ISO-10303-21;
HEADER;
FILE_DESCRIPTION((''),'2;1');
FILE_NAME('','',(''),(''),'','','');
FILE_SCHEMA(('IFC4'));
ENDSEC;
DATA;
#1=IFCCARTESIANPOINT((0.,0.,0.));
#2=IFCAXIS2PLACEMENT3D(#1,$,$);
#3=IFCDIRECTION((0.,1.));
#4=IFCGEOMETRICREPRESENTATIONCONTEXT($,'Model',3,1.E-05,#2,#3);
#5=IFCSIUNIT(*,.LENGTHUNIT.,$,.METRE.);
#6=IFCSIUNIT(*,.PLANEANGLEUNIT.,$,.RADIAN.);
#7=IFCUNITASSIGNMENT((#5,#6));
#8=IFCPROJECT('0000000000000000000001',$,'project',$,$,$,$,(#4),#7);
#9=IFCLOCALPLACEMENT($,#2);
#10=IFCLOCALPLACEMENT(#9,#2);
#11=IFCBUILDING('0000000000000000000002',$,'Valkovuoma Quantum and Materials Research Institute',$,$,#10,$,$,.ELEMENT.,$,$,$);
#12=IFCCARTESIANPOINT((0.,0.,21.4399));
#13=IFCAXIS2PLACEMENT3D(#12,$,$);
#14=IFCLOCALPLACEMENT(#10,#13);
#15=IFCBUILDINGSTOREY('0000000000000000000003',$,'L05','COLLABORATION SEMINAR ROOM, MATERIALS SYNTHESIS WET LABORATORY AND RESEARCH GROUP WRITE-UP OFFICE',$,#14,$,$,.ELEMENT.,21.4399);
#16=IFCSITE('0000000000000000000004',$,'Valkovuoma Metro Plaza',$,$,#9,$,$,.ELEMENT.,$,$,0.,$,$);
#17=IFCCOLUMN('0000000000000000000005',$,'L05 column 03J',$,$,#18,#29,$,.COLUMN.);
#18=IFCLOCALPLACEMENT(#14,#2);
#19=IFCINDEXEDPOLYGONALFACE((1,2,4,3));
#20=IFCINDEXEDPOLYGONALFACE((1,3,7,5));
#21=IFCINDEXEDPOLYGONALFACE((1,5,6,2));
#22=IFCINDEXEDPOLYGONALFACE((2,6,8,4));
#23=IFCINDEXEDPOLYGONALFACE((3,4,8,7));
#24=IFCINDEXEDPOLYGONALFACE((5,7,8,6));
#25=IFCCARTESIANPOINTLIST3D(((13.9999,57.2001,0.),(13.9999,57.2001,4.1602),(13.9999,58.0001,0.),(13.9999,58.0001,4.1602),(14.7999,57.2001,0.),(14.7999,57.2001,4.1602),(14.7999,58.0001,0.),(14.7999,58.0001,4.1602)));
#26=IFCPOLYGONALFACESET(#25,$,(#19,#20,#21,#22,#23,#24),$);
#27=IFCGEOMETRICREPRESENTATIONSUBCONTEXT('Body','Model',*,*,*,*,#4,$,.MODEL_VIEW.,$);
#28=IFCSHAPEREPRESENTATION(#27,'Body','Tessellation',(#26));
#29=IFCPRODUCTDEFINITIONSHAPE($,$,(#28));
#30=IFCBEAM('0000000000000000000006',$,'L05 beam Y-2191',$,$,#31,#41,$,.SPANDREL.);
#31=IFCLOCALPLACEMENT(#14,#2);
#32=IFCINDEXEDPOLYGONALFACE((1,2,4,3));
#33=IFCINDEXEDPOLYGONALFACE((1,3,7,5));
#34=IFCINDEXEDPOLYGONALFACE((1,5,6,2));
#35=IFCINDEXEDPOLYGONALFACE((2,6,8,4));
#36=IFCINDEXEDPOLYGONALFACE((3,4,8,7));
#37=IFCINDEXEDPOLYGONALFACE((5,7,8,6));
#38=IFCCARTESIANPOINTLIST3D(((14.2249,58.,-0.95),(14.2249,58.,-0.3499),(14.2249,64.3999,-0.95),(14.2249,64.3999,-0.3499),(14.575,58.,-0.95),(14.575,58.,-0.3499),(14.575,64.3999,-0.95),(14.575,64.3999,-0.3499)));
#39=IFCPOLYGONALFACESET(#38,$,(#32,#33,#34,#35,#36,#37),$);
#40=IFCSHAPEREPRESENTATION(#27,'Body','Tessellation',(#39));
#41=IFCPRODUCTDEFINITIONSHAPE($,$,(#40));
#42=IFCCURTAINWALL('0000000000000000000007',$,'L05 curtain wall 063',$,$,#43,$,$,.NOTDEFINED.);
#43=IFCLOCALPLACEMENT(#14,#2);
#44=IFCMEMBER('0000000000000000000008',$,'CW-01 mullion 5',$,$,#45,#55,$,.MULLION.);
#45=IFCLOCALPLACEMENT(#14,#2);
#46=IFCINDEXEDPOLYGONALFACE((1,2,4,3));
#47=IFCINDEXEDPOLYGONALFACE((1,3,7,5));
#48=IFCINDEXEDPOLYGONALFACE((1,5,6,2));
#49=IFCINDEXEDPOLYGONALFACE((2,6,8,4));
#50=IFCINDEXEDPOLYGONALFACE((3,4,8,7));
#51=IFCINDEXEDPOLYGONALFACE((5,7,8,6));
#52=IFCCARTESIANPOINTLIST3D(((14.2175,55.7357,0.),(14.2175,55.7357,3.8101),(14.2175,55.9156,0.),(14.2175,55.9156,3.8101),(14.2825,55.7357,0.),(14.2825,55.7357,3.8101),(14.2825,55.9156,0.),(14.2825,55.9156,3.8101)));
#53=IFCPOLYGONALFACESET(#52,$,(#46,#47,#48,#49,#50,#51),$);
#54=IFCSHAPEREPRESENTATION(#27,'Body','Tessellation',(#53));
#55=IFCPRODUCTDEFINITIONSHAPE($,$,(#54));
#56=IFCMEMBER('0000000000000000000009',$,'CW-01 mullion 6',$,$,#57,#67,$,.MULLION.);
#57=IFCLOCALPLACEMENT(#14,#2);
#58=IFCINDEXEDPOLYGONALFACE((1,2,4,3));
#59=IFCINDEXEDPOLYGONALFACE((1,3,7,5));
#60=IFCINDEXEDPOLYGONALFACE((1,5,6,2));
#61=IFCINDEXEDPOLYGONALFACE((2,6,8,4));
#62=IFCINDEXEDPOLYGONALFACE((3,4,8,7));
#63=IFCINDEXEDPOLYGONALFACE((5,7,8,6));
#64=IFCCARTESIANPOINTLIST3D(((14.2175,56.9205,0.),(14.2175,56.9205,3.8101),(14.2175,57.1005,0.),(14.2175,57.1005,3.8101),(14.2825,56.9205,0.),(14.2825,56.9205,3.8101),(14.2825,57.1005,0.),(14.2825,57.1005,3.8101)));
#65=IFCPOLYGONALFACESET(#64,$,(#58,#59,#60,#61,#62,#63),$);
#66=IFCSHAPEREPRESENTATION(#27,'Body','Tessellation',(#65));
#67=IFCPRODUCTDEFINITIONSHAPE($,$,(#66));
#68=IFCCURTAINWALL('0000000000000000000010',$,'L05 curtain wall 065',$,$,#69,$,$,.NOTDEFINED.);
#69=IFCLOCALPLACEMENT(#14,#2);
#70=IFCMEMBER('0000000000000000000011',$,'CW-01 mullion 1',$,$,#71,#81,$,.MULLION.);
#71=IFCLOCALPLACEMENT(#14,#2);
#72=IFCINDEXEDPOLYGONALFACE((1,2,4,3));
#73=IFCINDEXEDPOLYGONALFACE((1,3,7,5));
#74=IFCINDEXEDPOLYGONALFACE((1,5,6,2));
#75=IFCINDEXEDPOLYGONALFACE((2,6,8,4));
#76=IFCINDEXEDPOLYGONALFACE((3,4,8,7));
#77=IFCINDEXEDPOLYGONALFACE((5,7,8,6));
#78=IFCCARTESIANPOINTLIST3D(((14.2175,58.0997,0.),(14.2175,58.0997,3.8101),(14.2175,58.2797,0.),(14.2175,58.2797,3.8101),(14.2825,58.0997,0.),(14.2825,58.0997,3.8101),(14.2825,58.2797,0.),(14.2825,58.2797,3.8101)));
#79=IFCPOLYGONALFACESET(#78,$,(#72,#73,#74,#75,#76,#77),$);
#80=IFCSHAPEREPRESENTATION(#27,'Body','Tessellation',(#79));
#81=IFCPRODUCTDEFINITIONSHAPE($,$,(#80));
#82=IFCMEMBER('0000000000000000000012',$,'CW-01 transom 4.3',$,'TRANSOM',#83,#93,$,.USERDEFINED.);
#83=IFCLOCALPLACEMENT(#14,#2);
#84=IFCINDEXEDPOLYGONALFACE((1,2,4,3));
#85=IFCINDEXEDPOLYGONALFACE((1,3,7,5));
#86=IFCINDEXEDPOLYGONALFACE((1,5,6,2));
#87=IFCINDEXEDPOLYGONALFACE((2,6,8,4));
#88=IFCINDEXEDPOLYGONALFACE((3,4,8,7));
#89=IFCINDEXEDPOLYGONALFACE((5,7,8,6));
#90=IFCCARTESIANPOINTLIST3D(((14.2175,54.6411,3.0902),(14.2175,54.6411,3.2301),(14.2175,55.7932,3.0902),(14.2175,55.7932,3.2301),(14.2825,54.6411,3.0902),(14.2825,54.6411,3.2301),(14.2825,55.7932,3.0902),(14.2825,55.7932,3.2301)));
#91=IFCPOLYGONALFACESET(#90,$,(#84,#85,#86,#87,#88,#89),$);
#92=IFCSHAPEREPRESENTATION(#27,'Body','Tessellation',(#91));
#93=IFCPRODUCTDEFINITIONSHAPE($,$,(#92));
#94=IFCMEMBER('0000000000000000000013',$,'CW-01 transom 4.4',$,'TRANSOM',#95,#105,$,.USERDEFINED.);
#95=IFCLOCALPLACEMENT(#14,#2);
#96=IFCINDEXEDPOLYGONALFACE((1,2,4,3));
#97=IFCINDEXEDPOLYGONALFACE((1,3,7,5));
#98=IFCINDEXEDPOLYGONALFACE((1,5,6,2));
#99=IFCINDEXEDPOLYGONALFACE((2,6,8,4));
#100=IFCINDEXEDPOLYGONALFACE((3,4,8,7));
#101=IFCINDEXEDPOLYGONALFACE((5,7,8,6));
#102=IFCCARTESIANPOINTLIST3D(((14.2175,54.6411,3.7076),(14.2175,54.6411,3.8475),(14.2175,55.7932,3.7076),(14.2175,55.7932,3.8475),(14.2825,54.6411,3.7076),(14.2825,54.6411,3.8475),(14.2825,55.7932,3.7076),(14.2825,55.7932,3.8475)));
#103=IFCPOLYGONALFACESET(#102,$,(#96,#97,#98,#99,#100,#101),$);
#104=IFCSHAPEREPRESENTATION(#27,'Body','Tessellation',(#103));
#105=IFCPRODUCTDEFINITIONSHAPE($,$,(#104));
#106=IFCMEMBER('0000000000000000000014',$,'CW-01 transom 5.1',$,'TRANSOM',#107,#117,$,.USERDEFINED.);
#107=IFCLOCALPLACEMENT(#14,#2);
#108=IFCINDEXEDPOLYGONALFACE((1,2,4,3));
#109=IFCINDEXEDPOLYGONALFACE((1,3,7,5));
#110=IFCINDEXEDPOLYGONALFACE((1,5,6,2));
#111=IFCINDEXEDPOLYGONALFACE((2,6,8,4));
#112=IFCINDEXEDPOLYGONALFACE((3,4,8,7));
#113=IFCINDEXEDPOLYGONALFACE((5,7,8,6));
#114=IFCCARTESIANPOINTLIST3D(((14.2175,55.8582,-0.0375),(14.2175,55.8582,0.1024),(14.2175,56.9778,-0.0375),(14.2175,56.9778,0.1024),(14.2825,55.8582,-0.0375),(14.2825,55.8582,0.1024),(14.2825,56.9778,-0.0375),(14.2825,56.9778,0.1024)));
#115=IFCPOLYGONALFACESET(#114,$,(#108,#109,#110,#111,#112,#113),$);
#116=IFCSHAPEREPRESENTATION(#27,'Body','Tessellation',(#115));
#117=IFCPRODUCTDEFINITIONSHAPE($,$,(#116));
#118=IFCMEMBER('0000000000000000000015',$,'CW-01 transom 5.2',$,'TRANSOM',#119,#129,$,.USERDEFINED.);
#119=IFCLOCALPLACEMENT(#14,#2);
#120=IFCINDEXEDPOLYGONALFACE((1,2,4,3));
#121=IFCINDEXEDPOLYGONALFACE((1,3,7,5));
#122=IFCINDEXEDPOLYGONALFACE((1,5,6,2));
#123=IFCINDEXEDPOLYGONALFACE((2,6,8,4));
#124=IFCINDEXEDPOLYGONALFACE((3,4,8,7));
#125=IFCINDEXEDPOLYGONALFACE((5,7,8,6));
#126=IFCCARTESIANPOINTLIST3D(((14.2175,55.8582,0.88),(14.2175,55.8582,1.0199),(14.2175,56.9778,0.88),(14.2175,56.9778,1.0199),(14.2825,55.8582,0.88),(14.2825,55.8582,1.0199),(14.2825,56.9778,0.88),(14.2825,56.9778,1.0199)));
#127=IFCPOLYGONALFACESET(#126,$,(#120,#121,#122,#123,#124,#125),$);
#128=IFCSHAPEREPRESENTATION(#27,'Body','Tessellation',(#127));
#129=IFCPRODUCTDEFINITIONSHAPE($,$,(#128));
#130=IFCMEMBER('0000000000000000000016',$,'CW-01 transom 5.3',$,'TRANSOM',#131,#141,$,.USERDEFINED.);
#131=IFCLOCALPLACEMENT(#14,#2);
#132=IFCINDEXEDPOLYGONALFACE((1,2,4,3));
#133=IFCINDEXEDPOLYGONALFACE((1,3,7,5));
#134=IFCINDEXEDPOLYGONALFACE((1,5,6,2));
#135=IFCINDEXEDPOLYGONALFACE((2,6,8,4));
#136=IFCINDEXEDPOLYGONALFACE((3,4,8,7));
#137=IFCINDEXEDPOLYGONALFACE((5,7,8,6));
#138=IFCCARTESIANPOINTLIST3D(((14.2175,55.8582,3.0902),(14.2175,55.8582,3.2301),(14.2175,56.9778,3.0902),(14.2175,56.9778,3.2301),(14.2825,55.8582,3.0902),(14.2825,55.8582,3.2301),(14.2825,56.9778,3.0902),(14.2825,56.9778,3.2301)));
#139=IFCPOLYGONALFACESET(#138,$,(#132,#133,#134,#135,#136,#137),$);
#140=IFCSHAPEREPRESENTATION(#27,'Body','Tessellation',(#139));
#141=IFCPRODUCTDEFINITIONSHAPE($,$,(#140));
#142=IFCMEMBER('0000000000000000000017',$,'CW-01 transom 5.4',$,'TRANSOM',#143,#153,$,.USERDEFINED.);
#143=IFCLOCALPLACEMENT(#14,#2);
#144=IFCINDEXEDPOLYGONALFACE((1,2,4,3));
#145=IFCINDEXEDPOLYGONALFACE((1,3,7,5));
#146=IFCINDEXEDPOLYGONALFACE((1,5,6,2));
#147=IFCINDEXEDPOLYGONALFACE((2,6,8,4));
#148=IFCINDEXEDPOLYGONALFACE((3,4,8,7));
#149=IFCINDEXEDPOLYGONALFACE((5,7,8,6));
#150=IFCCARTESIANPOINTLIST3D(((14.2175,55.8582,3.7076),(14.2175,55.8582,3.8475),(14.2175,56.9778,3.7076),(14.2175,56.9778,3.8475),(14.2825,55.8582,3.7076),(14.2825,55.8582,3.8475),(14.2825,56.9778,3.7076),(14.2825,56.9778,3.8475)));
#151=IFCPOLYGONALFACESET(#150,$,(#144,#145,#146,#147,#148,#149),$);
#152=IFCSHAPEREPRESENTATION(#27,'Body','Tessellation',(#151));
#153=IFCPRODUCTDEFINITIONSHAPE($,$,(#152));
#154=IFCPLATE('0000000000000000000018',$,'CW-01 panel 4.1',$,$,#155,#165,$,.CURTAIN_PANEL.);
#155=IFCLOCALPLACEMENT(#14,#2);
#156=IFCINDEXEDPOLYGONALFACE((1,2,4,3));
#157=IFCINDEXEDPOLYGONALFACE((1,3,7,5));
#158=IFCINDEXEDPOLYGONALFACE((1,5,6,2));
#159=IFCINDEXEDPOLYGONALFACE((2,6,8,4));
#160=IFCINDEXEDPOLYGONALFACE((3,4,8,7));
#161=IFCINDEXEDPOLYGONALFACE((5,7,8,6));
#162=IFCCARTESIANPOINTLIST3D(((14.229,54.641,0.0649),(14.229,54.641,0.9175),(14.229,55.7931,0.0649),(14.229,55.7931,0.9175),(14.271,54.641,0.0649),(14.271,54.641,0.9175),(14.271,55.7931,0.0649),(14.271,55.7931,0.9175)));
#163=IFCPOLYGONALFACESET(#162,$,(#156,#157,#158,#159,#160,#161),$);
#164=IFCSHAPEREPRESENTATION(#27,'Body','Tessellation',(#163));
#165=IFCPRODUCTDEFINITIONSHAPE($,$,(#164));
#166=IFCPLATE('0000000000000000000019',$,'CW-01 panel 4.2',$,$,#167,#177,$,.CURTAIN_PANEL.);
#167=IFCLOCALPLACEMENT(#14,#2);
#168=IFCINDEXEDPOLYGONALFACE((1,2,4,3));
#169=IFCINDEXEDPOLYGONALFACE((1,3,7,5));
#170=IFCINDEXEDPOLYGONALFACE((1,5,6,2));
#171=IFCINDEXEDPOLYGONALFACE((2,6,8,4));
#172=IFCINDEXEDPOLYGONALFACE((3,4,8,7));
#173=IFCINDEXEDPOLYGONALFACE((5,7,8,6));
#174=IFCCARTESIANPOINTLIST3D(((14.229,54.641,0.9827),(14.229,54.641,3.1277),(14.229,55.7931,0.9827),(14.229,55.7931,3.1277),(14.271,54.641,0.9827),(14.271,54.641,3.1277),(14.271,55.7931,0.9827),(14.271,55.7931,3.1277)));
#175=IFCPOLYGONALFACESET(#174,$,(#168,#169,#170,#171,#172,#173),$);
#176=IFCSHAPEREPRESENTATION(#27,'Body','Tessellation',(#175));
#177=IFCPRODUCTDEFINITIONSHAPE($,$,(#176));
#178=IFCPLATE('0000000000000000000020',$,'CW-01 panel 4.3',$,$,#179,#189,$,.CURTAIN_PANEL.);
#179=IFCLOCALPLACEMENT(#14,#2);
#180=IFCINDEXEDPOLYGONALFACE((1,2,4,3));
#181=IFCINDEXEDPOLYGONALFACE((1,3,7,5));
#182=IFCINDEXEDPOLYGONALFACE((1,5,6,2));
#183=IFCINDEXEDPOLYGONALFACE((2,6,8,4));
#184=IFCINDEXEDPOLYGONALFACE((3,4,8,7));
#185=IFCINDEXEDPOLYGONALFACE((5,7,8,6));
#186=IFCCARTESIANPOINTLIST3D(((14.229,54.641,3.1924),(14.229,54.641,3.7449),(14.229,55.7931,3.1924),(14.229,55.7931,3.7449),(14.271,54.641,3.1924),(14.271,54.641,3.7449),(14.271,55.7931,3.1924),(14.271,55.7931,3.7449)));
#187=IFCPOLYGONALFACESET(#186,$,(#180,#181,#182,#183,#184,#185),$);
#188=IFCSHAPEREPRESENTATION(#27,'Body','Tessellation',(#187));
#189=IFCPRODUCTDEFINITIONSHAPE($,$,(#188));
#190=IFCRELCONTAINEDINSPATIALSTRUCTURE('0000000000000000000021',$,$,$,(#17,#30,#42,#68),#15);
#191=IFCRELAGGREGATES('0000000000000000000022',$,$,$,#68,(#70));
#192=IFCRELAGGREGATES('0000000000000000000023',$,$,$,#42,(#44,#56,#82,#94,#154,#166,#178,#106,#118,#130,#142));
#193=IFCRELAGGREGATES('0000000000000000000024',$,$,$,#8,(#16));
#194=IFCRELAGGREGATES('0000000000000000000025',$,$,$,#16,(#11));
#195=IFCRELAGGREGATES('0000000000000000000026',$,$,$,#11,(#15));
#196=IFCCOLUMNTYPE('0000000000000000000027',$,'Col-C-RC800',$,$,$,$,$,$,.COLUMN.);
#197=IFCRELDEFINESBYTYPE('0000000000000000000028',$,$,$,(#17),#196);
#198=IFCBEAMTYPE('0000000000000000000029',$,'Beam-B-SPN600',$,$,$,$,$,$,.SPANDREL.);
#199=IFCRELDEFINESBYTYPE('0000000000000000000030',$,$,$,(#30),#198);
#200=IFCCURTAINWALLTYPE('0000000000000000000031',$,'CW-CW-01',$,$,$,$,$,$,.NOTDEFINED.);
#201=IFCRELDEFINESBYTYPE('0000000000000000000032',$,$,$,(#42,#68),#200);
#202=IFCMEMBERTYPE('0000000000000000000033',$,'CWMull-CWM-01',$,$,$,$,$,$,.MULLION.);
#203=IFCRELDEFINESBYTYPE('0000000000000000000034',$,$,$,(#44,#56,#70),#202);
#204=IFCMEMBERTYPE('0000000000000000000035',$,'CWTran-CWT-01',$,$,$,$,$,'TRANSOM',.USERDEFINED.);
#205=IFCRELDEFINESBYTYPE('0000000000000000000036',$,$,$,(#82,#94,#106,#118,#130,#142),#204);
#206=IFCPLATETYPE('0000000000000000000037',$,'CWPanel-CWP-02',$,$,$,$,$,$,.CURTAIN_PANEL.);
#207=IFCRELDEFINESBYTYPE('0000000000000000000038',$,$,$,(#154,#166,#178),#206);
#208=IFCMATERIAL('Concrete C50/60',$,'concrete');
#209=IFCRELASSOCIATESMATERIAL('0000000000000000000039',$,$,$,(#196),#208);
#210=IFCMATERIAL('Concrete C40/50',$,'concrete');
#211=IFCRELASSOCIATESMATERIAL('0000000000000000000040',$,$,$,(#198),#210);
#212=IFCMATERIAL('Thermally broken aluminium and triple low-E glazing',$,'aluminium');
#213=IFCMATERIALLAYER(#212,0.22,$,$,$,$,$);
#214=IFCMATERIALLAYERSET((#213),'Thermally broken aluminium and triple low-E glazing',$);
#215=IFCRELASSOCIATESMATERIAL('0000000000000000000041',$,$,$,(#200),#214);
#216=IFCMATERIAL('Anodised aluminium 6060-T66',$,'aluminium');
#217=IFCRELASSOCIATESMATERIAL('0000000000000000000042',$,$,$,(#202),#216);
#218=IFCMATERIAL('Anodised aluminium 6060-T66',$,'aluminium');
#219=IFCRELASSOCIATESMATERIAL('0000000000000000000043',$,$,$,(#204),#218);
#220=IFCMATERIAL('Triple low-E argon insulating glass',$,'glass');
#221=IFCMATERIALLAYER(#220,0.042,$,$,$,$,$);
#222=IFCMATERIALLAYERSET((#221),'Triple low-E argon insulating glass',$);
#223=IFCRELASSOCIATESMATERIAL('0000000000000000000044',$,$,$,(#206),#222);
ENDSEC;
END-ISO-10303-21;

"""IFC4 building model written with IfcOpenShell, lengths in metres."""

from ifc_helpers import new_model, si_unit, direction, frame, origin, origin_2d, place, context, subcontext, project, spatial, rectangle, extrude, material, layer, layer_set, material_profile, profile_set, type_object, element, aggregate, save


model = new_model("IFC4")

# Units and contexts
model_context = context("Model", 3, precision=1e-05, world=origin(), true_north=direction((0.0, 1.0)))
body_context = subcontext(model_context, "Body", "Model", "MODEL_VIEW")
ifc_project = project(units=[si_unit("LENGTHUNIT", "METRE"), si_unit("PLANEANGLEUNIT", "RADIAN")], contexts=[model_context])

# Site, building, storey
site_placement = place(None, origin())
site = spatial("IfcSite", under=ifc_project, at=site_placement, Name="Valkovuoma Metro Plaza", CompositionType="ELEMENT", RefElevation=0.0)
building_placement = place(site_placement, origin())
building = spatial("IfcBuilding", under=site, at=building_placement, Name="Valkovuoma Quantum and Materials Research Institute", CompositionType="ELEMENT")
storey_placement = place(building_placement, frame((0.0, 0.0, 21.4399)))
storey = spatial("IfcBuildingStorey", under=building, at=storey_placement, Name="L05", Description="COLLABORATION SEMINAR ROOM, MATERIALS SYNTHESIS WET LABORATORY AND RESEARCH GROUP WRITE-UP OFFICE", CompositionType="ELEMENT", Elevation=21.4399)

# Column
ifc_material_1 = material(Name="Concrete C50/60", Category="concrete")
ifc_material_profile_1 = material_profile(ifc_material_1, rectangle(XDim=0.8, YDim=0.8, at=origin_2d()), Name="Concrete C50/60")
ifc_profile_set_1 = profile_set([ifc_material_profile_1], Name="Concrete C50/60")
column_type = type_object("IfcColumnType", Name="Col-C-RC800", PredefinedType="COLUMN", material=ifc_profile_set_1)
column_placement = place(storey_placement, frame((14.3999, 57.6001, 0.0), z_axis=(0.0, 0.0, 1.0), x_axis=(1.0, 0.0, 0.0)))
element("IfcColumn", 1, at=column_placement, inside=storey, type_object=column_type, Name="L05 column 03J", PredefinedType="COLUMN", context=body_context, shape_type="SweptSolid", body=[
    extrude(rectangle(XDim=0.8, YDim=0.8, at=origin_2d()), origin(), (0.0, 0.0, 1.0), 4.1602),
])

# Beam
ifc_material_2 = material(Name="Concrete C40/50", Category="concrete")
ifc_material_profile_2 = material_profile(ifc_material_2, rectangle(XDim=0.3501, YDim=0.6001, at=origin_2d()), Name="Concrete C40/50")
ifc_profile_set_2 = profile_set([ifc_material_profile_2], Name="Concrete C40/50")
beam_type = type_object("IfcBeamType", Name="Beam-B-SPN600", PredefinedType="SPANDREL", material=ifc_profile_set_2)
beam_placement = place(storey_placement, frame((14.3999, 58.0, -0.6499), z_axis=(0.0, 1.0, 0.0), x_axis=(-1.0, 0.0, 0.0)))
element("IfcBeam", 2, at=beam_placement, inside=storey, type_object=beam_type, Name="L05 beam Y-2191", PredefinedType="SPANDREL", context=body_context, shape_type="SweptSolid", body=[
    extrude(rectangle(XDim=0.3501, YDim=0.6001, at=origin_2d()), origin(), (0.0, 0.0, 1.0), 6.3999),
])

# Curtain wall, members
ifc_material_3 = material(Name="Thermally broken aluminium and triple low-E glazing", Category="aluminium")
ifc_layer_1 = layer(ifc_material_3, 0.22)
ifc_layer_set_1 = layer_set([ifc_layer_1], Name="Thermally broken aluminium and triple low-E glazing")
curtain_wall_type = type_object("IfcCurtainWallType", Name="CW-CW-01", PredefinedType="NOTDEFINED", material=ifc_layer_set_1)
curtain_wall_1_placement = place(storey_placement, origin())
curtain_wall_1 = element("IfcCurtainWall", 3, at=curtain_wall_1_placement, inside=storey, type_object=curtain_wall_type, Name="L05 curtain wall 063", PredefinedType="NOTDEFINED")
ifc_material_4 = material(Name="Anodised aluminium 6060-T66", Category="aluminium")
ifc_material_profile_3 = material_profile(ifc_material_4, rectangle(XDim=0.0649, YDim=0.1799, at=origin_2d()), Name="Anodised aluminium 6060-T66")
ifc_profile_set_3 = profile_set([ifc_material_profile_3], Name="Anodised aluminium 6060-T66")
member_type_1 = type_object("IfcMemberType", Name="CWMull-CWM-01", PredefinedType="MULLION", material=ifc_profile_set_3)
member_1_placement = place(storey_placement, frame((14.25, 55.8257, 0.0), z_axis=(0.0, 0.0, 1.0), x_axis=(-1.0, 0.0, 0.0)))
member_1 = element("IfcMember", 4, at=member_1_placement, type_object=member_type_1, Name="CW-01 mullion 5", PredefinedType="MULLION", context=body_context, shape_type="SweptSolid", body=[
    extrude(rectangle(XDim=0.0649, YDim=0.1799, at=origin_2d()), origin(), (0.0, 0.0, 1.0), 3.8101),
])
member_2_placement = place(storey_placement, frame((14.25, 57.0105, 0.0), z_axis=(0.0, 0.0, 1.0), x_axis=(-1.0, 0.0, 0.0)))
member_2 = element("IfcMember", 5, at=member_2_placement, type_object=member_type_1, Name="CW-01 mullion 6", PredefinedType="MULLION", context=body_context, shape_type="SweptSolid", body=[
    extrude(rectangle(XDim=0.0649, YDim=0.1799, at=origin_2d()), origin(), (0.0, 0.0, 1.0), 3.8101),
])

# Curtain wall, member
curtain_wall_2_placement = place(storey_placement, origin())
curtain_wall_2 = element("IfcCurtainWall", 6, at=curtain_wall_2_placement, inside=storey, type_object=curtain_wall_type, Name="L05 curtain wall 065", PredefinedType="NOTDEFINED")
member_3_placement = place(storey_placement, frame((14.25, 58.1897, 0.0), z_axis=(0.0, 0.0, 1.0), x_axis=(-1.0, 0.0, 0.0)))
member_3 = element("IfcMember", 7, at=member_3_placement, type_object=member_type_1, Name="CW-01 mullion 1", PredefinedType="MULLION", context=body_context, shape_type="SweptSolid", body=[
    extrude(rectangle(XDim=0.0649, YDim=0.1799, at=origin_2d()), origin(), (0.0, 0.0, 1.0), 3.8101),
])
aggregate(curtain_wall_2, [member_3])

# Members
ifc_material_5 = material(Name="Anodised aluminium 6060-T66", Category="aluminium")
ifc_material_profile_4 = material_profile(ifc_material_5, rectangle(XDim=0.0649, YDim=0.1399, at=origin_2d()), Name="Anodised aluminium 6060-T66")
ifc_profile_set_4 = profile_set([ifc_material_profile_4], Name="Anodised aluminium 6060-T66")
member_type_2 = type_object("IfcMemberType", Name="CWTran-CWT-01", ElementType="TRANSOM", PredefinedType="USERDEFINED", material=ifc_profile_set_4)
member_4_placement = place(storey_placement, frame((14.25, 54.6411, 3.1602), z_axis=(0.0, 1.0, 0.0), x_axis=(-1.0, 0.0, 0.0)))
member_4 = element("IfcMember", 8, at=member_4_placement, type_object=member_type_2, Name="CW-01 transom 4.3", ObjectType="TRANSOM", PredefinedType="USERDEFINED", context=body_context, shape_type="SweptSolid", body=[
    extrude(rectangle(XDim=0.0649, YDim=0.1399, at=origin_2d()), origin(), (0.0, 0.0, 1.0), 1.1521),
])
member_5_placement = place(storey_placement, frame((14.25, 54.6411, 3.7776), z_axis=(0.0, 1.0, 0.0), x_axis=(-1.0, 0.0, 0.0)))
member_5 = element("IfcMember", 9, at=member_5_placement, type_object=member_type_2, Name="CW-01 transom 4.4", ObjectType="TRANSOM", PredefinedType="USERDEFINED", context=body_context, shape_type="SweptSolid", body=[
    extrude(rectangle(XDim=0.0649, YDim=0.1399, at=origin_2d()), origin(), (0.0, 0.0, 1.0), 1.1521),
])
member_6_placement = place(storey_placement, frame((14.25, 55.8582, 0.0325), z_axis=(0.0, 1.0, 0.0), x_axis=(-1.0, 0.0, 0.0)))
member_6 = element("IfcMember", 10, at=member_6_placement, type_object=member_type_2, Name="CW-01 transom 5.1", ObjectType="TRANSOM", PredefinedType="USERDEFINED", context=body_context, shape_type="SweptSolid", body=[
    extrude(rectangle(XDim=0.0649, YDim=0.1399, at=origin_2d()), origin(), (0.0, 0.0, 1.0), 1.1196),
])
member_7_placement = place(storey_placement, frame((14.25, 55.8582, 0.95), z_axis=(0.0, 1.0, 0.0), x_axis=(-1.0, 0.0, 0.0)))
member_7 = element("IfcMember", 11, at=member_7_placement, type_object=member_type_2, Name="CW-01 transom 5.2", ObjectType="TRANSOM", PredefinedType="USERDEFINED", context=body_context, shape_type="SweptSolid", body=[
    extrude(rectangle(XDim=0.0649, YDim=0.1399, at=origin_2d()), origin(), (0.0, 0.0, 1.0), 1.1196),
])
member_8_placement = place(storey_placement, frame((14.25, 55.8582, 3.1602), z_axis=(0.0, 1.0, 0.0), x_axis=(-1.0, 0.0, 0.0)))
member_8 = element("IfcMember", 12, at=member_8_placement, type_object=member_type_2, Name="CW-01 transom 5.3", ObjectType="TRANSOM", PredefinedType="USERDEFINED", context=body_context, shape_type="SweptSolid", body=[
    extrude(rectangle(XDim=0.0649, YDim=0.1399, at=origin_2d()), origin(), (0.0, 0.0, 1.0), 1.1196),
])
member_9_placement = place(storey_placement, frame((14.25, 55.8582, 3.7776), z_axis=(0.0, 1.0, 0.0), x_axis=(-1.0, 0.0, 0.0)))
member_9 = element("IfcMember", 13, at=member_9_placement, type_object=member_type_2, Name="CW-01 transom 5.4", ObjectType="TRANSOM", PredefinedType="USERDEFINED", context=body_context, shape_type="SweptSolid", body=[
    extrude(rectangle(XDim=0.0649, YDim=0.1399, at=origin_2d()), origin(), (0.0, 0.0, 1.0), 1.1196),
])

# Plates
ifc_material_6 = material(Name="Triple low-E argon insulating glass", Category="glass")
ifc_layer_2 = layer(ifc_material_6, 0.042)
ifc_layer_set_2 = layer_set([ifc_layer_2], Name="Triple low-E argon insulating glass")
plate_type = type_object("IfcPlateType", Name="CWPanel-CWP-02", PredefinedType="CURTAIN_PANEL", material=ifc_layer_set_2)
plate_1_placement = place(storey_placement, frame((14.25, 55.217, 0.0649), z_axis=(0.0, 0.0, 1.0), x_axis=(0.0, 1.0, 0.0)))
plate_1 = element("IfcPlate", 14, at=plate_1_placement, type_object=plate_type, Name="CW-01 panel 4.1", PredefinedType="CURTAIN_PANEL", context=body_context, shape_type="SweptSolid", body=[
    extrude(rectangle(XDim=1.1521, YDim=0.042, at=origin_2d()), origin(), (0.0, 0.0, 1.0), 0.8525),
])
plate_2_placement = place(storey_placement, frame((14.25, 55.217, 0.9827), z_axis=(0.0, 0.0, 1.0), x_axis=(0.0, 1.0, 0.0)))
plate_2 = element("IfcPlate", 15, at=plate_2_placement, type_object=plate_type, Name="CW-01 panel 4.2", PredefinedType="CURTAIN_PANEL", context=body_context, shape_type="SweptSolid", body=[
    extrude(rectangle(XDim=1.1521, YDim=0.042, at=origin_2d()), origin(), (0.0, 0.0, 1.0), 2.145),
])
plate_3_placement = place(storey_placement, frame((14.25, 55.217, 3.1924), z_axis=(0.0, 0.0, 1.0), x_axis=(0.0, 1.0, 0.0)))
plate_3 = element("IfcPlate", 16, at=plate_3_placement, type_object=plate_type, Name="CW-01 panel 4.3", PredefinedType="CURTAIN_PANEL", context=body_context, shape_type="SweptSolid", body=[
    extrude(rectangle(XDim=1.1521, YDim=0.042, at=origin_2d()), origin(), (0.0, 0.0, 1.0), 0.5525),
])
aggregate(curtain_wall_1, [member_1, member_2, member_4, member_5, plate_1, plate_2, plate_3, member_6, member_7, member_8, member_9])

save(model, "model.ifc")
